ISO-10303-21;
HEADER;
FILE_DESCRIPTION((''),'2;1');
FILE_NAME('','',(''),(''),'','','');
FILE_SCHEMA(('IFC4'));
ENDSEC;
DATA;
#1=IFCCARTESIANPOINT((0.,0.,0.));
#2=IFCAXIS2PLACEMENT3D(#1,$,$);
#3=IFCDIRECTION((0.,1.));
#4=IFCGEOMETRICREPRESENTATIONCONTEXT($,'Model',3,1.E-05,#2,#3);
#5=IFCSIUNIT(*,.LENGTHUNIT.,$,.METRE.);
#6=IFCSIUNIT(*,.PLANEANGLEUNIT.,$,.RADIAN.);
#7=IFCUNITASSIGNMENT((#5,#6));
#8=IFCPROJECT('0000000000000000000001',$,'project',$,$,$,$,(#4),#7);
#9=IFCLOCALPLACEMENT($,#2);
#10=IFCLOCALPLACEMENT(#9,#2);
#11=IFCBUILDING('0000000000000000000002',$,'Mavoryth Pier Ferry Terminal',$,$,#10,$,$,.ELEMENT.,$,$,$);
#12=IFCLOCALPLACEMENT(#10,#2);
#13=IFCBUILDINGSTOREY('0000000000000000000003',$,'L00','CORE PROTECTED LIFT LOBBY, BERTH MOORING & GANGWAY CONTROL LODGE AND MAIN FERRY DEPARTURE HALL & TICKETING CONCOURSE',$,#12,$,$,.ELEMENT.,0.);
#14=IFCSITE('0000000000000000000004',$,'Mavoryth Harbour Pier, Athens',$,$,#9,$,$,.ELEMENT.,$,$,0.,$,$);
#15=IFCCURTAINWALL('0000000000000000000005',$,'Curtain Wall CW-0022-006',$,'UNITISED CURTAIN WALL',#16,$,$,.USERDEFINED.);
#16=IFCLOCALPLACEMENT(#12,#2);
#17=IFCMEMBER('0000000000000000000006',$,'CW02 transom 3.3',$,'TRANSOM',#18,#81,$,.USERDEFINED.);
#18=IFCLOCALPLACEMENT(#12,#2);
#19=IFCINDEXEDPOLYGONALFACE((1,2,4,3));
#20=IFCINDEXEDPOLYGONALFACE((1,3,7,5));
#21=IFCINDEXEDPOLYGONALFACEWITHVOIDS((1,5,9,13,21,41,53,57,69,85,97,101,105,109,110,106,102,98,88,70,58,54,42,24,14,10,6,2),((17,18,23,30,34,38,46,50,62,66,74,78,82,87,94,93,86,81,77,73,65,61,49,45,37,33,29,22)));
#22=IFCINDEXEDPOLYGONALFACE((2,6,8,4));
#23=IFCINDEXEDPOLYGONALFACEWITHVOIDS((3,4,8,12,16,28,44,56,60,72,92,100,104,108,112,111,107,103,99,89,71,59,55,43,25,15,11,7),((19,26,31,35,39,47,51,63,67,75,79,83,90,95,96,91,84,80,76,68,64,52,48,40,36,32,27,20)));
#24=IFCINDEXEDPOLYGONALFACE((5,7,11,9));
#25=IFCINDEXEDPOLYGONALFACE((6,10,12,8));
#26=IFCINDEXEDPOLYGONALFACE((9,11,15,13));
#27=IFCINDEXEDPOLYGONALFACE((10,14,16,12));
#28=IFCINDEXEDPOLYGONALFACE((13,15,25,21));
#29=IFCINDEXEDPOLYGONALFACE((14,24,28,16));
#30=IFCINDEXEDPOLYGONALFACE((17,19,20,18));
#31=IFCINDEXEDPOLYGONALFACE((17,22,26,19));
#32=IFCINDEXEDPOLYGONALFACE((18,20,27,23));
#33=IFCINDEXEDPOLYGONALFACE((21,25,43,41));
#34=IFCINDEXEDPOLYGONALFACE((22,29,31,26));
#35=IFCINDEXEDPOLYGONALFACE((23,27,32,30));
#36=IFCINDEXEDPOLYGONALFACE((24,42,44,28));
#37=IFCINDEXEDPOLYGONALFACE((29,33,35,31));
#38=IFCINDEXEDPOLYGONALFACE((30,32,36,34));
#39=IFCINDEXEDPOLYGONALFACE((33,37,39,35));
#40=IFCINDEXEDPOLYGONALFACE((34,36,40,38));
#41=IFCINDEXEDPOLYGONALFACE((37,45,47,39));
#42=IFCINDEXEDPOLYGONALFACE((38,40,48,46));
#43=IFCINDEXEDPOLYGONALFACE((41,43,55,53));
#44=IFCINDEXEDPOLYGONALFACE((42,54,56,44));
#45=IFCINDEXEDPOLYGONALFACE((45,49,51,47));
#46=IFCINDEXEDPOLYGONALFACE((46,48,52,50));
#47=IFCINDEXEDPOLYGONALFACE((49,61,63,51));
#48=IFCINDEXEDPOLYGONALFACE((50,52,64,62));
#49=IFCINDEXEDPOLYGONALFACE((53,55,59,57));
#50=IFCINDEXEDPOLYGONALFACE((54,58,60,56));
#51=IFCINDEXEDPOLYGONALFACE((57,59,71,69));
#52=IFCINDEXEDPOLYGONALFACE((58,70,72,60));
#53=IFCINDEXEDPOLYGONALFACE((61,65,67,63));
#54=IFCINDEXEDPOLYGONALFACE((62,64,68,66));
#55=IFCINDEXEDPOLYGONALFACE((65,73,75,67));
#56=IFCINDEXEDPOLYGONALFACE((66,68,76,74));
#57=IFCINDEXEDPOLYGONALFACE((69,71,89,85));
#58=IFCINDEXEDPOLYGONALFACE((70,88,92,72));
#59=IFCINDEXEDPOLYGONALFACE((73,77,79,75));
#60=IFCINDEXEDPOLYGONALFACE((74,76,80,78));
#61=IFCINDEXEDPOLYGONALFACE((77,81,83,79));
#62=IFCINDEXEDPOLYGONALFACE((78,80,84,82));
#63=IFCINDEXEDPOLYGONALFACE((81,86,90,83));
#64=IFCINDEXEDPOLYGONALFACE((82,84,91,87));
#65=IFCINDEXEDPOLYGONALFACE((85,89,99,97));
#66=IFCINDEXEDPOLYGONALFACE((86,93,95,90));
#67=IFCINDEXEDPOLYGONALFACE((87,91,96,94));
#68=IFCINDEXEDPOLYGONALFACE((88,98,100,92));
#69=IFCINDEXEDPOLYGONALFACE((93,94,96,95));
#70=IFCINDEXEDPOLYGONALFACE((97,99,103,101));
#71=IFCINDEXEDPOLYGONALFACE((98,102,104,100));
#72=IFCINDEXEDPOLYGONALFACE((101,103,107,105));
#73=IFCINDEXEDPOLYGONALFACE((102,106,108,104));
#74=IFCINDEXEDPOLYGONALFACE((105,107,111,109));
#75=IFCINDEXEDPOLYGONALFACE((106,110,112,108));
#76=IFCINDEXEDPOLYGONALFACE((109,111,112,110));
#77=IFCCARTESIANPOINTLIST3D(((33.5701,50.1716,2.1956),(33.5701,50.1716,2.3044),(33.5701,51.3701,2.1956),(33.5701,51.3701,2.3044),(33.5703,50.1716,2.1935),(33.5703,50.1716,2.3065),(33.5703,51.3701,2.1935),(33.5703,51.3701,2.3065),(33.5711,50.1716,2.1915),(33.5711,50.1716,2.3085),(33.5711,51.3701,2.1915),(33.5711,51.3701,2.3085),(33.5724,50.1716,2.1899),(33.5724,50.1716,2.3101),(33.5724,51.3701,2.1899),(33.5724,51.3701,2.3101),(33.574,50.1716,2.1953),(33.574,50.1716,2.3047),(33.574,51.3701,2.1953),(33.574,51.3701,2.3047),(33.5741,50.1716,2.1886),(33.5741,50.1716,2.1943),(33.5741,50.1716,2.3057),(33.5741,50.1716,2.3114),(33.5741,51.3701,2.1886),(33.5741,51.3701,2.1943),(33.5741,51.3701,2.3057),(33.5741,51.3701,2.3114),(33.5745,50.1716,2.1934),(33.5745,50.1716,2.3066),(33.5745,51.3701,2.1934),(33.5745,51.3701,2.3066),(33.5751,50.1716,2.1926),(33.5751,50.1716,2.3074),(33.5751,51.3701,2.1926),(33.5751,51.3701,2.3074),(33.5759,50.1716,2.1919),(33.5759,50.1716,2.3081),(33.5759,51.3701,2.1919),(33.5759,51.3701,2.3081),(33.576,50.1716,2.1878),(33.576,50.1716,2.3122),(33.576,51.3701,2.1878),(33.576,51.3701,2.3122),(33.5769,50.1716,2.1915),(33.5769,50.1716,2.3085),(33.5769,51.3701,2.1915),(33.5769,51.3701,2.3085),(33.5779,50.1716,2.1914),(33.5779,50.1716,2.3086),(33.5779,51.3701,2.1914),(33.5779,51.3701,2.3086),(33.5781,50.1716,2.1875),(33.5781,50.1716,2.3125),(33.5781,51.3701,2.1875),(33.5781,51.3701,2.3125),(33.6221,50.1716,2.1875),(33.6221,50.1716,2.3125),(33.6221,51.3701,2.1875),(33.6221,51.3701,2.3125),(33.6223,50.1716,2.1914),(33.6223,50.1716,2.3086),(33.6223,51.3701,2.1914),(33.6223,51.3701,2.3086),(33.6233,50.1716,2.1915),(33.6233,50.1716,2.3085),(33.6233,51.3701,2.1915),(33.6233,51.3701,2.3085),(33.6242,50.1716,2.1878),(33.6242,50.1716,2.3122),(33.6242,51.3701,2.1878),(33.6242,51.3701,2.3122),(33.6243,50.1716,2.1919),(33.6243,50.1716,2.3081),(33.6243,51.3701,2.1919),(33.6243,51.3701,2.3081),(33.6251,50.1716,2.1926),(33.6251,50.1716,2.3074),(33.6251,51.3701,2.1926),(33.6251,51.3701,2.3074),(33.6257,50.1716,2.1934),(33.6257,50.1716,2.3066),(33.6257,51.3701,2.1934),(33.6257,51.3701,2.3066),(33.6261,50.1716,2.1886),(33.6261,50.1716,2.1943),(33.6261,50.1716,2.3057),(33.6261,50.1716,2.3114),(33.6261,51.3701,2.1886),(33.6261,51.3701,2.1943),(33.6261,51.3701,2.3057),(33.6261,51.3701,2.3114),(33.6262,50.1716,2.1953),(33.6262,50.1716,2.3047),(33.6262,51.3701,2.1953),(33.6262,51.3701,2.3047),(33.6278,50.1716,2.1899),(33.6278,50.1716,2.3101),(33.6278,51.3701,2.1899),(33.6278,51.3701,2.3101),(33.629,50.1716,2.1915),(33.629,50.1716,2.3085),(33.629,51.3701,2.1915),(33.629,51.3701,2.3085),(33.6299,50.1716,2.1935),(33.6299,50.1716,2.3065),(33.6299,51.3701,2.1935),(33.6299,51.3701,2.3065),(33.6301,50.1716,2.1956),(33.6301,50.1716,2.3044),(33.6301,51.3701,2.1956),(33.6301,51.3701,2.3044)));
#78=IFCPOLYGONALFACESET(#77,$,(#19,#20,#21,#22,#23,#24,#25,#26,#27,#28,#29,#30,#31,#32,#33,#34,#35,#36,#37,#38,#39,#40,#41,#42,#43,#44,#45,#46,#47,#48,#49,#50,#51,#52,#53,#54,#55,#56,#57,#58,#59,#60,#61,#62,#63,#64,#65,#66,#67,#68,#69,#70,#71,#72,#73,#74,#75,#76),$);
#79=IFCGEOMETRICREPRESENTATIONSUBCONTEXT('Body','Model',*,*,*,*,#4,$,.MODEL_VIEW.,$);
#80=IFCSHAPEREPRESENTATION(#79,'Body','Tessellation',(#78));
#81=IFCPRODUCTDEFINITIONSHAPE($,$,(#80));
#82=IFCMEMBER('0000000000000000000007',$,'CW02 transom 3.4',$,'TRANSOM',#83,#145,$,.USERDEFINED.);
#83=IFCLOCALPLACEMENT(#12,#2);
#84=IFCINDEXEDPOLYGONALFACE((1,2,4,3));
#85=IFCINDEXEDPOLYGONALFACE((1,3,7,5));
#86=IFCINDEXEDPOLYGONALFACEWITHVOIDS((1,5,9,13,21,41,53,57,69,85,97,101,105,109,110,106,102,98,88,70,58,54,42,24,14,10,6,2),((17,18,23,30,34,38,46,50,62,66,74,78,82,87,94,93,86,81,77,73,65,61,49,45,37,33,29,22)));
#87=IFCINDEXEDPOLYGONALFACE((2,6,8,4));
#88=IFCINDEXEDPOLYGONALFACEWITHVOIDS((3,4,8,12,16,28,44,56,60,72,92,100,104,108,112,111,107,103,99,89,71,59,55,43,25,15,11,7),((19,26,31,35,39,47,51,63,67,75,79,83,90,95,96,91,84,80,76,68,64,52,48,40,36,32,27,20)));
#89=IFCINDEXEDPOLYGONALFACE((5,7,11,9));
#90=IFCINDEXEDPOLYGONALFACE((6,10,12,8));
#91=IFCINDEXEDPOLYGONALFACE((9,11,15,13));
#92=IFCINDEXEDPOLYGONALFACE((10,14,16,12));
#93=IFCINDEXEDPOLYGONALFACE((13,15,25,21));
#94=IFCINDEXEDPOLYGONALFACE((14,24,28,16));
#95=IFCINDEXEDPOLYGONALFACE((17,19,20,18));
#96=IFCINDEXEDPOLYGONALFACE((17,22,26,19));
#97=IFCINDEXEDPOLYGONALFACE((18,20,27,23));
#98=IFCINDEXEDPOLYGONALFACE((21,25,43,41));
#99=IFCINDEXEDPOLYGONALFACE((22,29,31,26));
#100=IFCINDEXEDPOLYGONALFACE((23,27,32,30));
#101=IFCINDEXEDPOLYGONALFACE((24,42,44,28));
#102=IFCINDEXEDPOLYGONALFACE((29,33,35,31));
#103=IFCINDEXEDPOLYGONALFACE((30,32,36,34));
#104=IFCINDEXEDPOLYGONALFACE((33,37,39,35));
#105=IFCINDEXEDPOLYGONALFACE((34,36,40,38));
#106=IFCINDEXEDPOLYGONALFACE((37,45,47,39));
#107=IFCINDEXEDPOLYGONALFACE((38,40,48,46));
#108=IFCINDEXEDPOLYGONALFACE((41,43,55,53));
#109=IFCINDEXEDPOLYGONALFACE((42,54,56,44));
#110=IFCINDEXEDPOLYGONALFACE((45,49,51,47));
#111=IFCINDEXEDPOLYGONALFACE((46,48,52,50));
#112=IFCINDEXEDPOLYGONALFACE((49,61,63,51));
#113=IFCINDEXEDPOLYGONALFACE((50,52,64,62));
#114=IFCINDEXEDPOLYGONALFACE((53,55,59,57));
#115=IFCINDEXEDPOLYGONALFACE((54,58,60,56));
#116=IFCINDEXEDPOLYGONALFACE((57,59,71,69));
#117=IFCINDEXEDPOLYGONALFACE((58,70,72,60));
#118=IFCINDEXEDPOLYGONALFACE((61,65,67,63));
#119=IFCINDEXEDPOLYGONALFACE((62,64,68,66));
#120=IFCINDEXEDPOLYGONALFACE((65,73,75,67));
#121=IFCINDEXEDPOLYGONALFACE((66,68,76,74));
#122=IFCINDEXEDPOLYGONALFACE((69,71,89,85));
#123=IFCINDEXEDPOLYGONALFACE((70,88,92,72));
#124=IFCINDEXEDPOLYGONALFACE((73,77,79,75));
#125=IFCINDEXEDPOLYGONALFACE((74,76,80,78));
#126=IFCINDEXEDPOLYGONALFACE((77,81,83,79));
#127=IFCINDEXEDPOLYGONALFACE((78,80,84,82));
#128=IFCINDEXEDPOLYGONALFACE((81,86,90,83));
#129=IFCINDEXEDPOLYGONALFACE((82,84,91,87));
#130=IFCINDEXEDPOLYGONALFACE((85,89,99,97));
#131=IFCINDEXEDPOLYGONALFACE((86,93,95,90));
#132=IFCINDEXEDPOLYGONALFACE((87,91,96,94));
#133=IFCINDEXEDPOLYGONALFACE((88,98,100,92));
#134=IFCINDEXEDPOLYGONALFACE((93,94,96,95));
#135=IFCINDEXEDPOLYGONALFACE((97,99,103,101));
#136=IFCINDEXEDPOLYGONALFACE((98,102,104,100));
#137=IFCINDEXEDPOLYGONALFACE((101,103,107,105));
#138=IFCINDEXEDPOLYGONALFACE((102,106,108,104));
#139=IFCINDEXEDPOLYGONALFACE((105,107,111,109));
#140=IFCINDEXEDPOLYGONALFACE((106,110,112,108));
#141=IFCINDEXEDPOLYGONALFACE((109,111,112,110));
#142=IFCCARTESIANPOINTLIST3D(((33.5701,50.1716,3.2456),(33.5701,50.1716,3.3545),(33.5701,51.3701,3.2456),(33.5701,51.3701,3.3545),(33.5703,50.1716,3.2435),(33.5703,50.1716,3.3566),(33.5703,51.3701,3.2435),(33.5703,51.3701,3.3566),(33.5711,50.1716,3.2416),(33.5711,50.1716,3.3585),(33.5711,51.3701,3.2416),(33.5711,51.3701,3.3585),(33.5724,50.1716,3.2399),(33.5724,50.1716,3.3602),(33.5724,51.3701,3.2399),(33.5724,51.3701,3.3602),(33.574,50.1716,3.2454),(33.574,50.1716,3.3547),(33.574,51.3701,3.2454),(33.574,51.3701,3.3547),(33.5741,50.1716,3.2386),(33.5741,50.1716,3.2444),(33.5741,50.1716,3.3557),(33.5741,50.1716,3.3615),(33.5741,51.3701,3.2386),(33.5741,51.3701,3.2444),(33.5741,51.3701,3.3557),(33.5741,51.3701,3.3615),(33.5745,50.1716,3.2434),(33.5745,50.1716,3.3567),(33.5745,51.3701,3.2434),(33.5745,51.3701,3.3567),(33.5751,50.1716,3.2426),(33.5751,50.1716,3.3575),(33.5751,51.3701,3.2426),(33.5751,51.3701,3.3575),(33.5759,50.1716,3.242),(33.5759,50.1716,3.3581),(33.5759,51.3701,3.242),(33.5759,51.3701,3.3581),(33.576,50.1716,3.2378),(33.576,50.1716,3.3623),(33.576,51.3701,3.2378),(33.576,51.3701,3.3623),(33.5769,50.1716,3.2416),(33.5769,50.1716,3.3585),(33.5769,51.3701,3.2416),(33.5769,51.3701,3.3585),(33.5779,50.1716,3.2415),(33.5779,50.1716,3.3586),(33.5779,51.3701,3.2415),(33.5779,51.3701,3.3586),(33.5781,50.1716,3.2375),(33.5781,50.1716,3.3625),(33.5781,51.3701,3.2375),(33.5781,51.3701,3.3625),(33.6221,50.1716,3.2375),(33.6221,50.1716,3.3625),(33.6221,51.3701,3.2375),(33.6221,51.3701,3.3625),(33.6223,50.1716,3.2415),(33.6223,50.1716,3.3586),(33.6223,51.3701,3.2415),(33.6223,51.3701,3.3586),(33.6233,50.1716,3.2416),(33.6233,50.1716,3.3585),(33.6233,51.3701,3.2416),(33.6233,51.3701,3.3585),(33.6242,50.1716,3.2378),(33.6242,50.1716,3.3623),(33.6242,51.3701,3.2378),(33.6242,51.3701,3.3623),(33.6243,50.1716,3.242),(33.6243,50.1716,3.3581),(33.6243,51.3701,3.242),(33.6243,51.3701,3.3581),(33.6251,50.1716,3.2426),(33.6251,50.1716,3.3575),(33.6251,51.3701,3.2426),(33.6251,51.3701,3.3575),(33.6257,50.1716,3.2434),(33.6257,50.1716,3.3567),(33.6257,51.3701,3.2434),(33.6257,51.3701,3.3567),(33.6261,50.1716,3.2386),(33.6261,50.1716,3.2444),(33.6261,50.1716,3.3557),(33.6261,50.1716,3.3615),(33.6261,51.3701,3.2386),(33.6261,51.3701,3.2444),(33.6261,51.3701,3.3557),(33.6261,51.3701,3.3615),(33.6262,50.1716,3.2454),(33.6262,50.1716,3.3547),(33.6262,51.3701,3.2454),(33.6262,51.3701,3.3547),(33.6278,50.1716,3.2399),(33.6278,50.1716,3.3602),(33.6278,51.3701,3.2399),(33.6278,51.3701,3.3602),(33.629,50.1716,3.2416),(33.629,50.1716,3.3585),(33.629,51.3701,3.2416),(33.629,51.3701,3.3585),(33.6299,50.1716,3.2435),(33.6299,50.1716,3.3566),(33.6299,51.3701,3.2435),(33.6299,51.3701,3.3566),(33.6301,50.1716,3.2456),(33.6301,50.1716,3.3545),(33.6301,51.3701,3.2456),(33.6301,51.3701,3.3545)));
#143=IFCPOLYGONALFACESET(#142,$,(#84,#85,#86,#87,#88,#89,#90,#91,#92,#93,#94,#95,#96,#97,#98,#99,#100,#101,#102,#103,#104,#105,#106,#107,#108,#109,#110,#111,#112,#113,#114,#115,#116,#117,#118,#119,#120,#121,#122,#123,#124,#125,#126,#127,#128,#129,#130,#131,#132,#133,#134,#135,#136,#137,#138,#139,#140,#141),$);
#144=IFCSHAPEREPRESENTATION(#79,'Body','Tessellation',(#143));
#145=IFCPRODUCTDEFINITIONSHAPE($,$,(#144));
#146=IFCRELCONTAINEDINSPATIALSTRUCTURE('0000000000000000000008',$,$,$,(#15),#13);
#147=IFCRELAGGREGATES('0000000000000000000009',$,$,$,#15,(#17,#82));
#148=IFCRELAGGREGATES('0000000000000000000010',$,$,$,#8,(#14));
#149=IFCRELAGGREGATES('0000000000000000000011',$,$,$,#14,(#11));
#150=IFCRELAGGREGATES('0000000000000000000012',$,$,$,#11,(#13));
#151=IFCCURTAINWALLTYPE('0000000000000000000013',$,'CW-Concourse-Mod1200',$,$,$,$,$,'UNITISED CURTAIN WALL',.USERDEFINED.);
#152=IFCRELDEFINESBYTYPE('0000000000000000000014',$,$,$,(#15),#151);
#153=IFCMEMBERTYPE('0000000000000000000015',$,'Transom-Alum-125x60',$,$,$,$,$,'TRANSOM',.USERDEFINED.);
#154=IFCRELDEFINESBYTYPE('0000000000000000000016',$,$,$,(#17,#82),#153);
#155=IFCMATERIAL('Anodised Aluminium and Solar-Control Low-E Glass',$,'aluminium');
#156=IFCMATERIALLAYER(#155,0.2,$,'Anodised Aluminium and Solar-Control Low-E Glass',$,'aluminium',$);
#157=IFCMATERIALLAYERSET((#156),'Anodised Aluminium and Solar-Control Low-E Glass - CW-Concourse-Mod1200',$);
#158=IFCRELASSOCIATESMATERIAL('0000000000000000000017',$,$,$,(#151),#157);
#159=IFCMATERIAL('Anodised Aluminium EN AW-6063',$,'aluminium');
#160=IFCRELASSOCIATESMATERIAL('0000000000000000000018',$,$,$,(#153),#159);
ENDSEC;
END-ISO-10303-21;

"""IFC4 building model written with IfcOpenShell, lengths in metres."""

from ifc_helpers import new_model, si_unit, direction, frame, origin, origin_2d, place, context, subcontext, project, spatial, hollow_rectangle, extrude, material, layer, layer_set, material_profile, profile_set, type_object, element, aggregate, save


model = new_model("IFC4")

# Units and contexts
model_context = context("Model", 3, precision=1e-05, world=origin(), true_north=direction((0.0, 1.0)))
body_context = subcontext(model_context, "Body", "Model", "MODEL_VIEW")
ifc_project = project(units=[si_unit("LENGTHUNIT", "METRE"), si_unit("PLANEANGLEUNIT", "RADIAN")], contexts=[model_context])

# Site, building, storey
site_placement = place(None, origin())
site = spatial("IfcSite", under=ifc_project, at=site_placement, Name="Mavoryth Harbour Pier, Athens", CompositionType="ELEMENT", RefElevation=0.0)
building_placement = place(site_placement, origin())
building = spatial("IfcBuilding", under=site, at=building_placement, Name="Mavoryth Pier Ferry Terminal", CompositionType="ELEMENT")
storey_placement = place(building_placement, origin())
storey = spatial("IfcBuildingStorey", under=building, at=storey_placement, Name="L00", Description="CORE PROTECTED LIFT LOBBY, BERTH MOORING & GANGWAY CONTROL LODGE AND MAIN FERRY DEPARTURE HALL & TICKETING CONCOURSE", CompositionType="ELEMENT", Elevation=0.0)

# Curtain wall, members
ifc_material_1 = material(Name="Anodised Aluminium and Solar-Control Low-E Glass", Category="aluminium")
ifc_layer_1 = layer(ifc_material_1, 0.2, Name="Anodised Aluminium and Solar-Control Low-E Glass", Category="aluminium")
ifc_layer_set_1 = layer_set([ifc_layer_1], Name="Anodised Aluminium and Solar-Control Low-E Glass - CW-Concourse-Mod1200")
curtain_wall_type = type_object("IfcCurtainWallType", Name="CW-Concourse-Mod1200", ElementType="UNITISED CURTAIN WALL", PredefinedType="USERDEFINED", material=ifc_layer_set_1)
curtain_wall_placement = place(storey_placement, origin())
curtain_wall = element("IfcCurtainWall", 1, at=curtain_wall_placement, inside=storey, type_object=curtain_wall_type, Name="Curtain Wall CW-0022-006", ObjectType="UNITISED CURTAIN WALL", PredefinedType="USERDEFINED")
ifc_material_2 = material(Name="Anodised Aluminium EN AW-6063", Category="aluminium")
ifc_material_profile_1 = material_profile(ifc_material_2, hollow_rectangle(XDim=0.0601, YDim=0.125, WallThickness=0.0039, InnerFilletRadius=0.0039, OuterFilletRadius=0.0081, at=origin_2d()), Name="AL-TRAN 125x60x4", Category="aluminium")
ifc_profile_set_1 = profile_set([ifc_material_profile_1], Name="Anodised Aluminium EN AW-6063 - AL-TRAN 125x60x4")
member_type_1 = type_object("IfcMemberType", Name="Transom-Alum-125x60", ElementType="TRANSOM", PredefinedType="USERDEFINED", material=ifc_profile_set_1)
member_1_placement = place(storey_placement, frame((33.6001, 50.1716, 2.25), z_axis=(0.0, 1.0, 0.0), x_axis=(-1.0, 0.0, 0.0)))
member_1 = element("IfcMember", 2, at=member_1_placement, type_object=member_type_1, Name="CW02 transom 3.3", ObjectType="TRANSOM", PredefinedType="USERDEFINED", context=body_context, shape_type="SweptSolid", body=[
    extrude(hollow_rectangle(XDim=0.0601, YDim=0.125, WallThickness=0.0039, InnerFilletRadius=0.0039, OuterFilletRadius=0.0081, at=origin_2d()), origin(), (0.0, 0.0, 1.0), 1.1985),
])
member_2_placement = place(storey_placement, frame((33.6001, 50.1716, 3.3), z_axis=(0.0, 1.0, 0.0), x_axis=(-1.0, 0.0, 0.0)))
member_2 = element("IfcMember", 3, at=member_2_placement, type_object=member_type_1, Name="CW02 transom 3.4", ObjectType="TRANSOM", PredefinedType="USERDEFINED", context=body_context, shape_type="SweptSolid", body=[
    extrude(hollow_rectangle(XDim=0.0601, YDim=0.125, WallThickness=0.0039, InnerFilletRadius=0.0039, OuterFilletRadius=0.0081, at=origin_2d()), origin(), (0.0, 0.0, 1.0), 1.1985),
])
aggregate(curtain_wall, [member_1, member_2])

save(model, "model.ifc")
